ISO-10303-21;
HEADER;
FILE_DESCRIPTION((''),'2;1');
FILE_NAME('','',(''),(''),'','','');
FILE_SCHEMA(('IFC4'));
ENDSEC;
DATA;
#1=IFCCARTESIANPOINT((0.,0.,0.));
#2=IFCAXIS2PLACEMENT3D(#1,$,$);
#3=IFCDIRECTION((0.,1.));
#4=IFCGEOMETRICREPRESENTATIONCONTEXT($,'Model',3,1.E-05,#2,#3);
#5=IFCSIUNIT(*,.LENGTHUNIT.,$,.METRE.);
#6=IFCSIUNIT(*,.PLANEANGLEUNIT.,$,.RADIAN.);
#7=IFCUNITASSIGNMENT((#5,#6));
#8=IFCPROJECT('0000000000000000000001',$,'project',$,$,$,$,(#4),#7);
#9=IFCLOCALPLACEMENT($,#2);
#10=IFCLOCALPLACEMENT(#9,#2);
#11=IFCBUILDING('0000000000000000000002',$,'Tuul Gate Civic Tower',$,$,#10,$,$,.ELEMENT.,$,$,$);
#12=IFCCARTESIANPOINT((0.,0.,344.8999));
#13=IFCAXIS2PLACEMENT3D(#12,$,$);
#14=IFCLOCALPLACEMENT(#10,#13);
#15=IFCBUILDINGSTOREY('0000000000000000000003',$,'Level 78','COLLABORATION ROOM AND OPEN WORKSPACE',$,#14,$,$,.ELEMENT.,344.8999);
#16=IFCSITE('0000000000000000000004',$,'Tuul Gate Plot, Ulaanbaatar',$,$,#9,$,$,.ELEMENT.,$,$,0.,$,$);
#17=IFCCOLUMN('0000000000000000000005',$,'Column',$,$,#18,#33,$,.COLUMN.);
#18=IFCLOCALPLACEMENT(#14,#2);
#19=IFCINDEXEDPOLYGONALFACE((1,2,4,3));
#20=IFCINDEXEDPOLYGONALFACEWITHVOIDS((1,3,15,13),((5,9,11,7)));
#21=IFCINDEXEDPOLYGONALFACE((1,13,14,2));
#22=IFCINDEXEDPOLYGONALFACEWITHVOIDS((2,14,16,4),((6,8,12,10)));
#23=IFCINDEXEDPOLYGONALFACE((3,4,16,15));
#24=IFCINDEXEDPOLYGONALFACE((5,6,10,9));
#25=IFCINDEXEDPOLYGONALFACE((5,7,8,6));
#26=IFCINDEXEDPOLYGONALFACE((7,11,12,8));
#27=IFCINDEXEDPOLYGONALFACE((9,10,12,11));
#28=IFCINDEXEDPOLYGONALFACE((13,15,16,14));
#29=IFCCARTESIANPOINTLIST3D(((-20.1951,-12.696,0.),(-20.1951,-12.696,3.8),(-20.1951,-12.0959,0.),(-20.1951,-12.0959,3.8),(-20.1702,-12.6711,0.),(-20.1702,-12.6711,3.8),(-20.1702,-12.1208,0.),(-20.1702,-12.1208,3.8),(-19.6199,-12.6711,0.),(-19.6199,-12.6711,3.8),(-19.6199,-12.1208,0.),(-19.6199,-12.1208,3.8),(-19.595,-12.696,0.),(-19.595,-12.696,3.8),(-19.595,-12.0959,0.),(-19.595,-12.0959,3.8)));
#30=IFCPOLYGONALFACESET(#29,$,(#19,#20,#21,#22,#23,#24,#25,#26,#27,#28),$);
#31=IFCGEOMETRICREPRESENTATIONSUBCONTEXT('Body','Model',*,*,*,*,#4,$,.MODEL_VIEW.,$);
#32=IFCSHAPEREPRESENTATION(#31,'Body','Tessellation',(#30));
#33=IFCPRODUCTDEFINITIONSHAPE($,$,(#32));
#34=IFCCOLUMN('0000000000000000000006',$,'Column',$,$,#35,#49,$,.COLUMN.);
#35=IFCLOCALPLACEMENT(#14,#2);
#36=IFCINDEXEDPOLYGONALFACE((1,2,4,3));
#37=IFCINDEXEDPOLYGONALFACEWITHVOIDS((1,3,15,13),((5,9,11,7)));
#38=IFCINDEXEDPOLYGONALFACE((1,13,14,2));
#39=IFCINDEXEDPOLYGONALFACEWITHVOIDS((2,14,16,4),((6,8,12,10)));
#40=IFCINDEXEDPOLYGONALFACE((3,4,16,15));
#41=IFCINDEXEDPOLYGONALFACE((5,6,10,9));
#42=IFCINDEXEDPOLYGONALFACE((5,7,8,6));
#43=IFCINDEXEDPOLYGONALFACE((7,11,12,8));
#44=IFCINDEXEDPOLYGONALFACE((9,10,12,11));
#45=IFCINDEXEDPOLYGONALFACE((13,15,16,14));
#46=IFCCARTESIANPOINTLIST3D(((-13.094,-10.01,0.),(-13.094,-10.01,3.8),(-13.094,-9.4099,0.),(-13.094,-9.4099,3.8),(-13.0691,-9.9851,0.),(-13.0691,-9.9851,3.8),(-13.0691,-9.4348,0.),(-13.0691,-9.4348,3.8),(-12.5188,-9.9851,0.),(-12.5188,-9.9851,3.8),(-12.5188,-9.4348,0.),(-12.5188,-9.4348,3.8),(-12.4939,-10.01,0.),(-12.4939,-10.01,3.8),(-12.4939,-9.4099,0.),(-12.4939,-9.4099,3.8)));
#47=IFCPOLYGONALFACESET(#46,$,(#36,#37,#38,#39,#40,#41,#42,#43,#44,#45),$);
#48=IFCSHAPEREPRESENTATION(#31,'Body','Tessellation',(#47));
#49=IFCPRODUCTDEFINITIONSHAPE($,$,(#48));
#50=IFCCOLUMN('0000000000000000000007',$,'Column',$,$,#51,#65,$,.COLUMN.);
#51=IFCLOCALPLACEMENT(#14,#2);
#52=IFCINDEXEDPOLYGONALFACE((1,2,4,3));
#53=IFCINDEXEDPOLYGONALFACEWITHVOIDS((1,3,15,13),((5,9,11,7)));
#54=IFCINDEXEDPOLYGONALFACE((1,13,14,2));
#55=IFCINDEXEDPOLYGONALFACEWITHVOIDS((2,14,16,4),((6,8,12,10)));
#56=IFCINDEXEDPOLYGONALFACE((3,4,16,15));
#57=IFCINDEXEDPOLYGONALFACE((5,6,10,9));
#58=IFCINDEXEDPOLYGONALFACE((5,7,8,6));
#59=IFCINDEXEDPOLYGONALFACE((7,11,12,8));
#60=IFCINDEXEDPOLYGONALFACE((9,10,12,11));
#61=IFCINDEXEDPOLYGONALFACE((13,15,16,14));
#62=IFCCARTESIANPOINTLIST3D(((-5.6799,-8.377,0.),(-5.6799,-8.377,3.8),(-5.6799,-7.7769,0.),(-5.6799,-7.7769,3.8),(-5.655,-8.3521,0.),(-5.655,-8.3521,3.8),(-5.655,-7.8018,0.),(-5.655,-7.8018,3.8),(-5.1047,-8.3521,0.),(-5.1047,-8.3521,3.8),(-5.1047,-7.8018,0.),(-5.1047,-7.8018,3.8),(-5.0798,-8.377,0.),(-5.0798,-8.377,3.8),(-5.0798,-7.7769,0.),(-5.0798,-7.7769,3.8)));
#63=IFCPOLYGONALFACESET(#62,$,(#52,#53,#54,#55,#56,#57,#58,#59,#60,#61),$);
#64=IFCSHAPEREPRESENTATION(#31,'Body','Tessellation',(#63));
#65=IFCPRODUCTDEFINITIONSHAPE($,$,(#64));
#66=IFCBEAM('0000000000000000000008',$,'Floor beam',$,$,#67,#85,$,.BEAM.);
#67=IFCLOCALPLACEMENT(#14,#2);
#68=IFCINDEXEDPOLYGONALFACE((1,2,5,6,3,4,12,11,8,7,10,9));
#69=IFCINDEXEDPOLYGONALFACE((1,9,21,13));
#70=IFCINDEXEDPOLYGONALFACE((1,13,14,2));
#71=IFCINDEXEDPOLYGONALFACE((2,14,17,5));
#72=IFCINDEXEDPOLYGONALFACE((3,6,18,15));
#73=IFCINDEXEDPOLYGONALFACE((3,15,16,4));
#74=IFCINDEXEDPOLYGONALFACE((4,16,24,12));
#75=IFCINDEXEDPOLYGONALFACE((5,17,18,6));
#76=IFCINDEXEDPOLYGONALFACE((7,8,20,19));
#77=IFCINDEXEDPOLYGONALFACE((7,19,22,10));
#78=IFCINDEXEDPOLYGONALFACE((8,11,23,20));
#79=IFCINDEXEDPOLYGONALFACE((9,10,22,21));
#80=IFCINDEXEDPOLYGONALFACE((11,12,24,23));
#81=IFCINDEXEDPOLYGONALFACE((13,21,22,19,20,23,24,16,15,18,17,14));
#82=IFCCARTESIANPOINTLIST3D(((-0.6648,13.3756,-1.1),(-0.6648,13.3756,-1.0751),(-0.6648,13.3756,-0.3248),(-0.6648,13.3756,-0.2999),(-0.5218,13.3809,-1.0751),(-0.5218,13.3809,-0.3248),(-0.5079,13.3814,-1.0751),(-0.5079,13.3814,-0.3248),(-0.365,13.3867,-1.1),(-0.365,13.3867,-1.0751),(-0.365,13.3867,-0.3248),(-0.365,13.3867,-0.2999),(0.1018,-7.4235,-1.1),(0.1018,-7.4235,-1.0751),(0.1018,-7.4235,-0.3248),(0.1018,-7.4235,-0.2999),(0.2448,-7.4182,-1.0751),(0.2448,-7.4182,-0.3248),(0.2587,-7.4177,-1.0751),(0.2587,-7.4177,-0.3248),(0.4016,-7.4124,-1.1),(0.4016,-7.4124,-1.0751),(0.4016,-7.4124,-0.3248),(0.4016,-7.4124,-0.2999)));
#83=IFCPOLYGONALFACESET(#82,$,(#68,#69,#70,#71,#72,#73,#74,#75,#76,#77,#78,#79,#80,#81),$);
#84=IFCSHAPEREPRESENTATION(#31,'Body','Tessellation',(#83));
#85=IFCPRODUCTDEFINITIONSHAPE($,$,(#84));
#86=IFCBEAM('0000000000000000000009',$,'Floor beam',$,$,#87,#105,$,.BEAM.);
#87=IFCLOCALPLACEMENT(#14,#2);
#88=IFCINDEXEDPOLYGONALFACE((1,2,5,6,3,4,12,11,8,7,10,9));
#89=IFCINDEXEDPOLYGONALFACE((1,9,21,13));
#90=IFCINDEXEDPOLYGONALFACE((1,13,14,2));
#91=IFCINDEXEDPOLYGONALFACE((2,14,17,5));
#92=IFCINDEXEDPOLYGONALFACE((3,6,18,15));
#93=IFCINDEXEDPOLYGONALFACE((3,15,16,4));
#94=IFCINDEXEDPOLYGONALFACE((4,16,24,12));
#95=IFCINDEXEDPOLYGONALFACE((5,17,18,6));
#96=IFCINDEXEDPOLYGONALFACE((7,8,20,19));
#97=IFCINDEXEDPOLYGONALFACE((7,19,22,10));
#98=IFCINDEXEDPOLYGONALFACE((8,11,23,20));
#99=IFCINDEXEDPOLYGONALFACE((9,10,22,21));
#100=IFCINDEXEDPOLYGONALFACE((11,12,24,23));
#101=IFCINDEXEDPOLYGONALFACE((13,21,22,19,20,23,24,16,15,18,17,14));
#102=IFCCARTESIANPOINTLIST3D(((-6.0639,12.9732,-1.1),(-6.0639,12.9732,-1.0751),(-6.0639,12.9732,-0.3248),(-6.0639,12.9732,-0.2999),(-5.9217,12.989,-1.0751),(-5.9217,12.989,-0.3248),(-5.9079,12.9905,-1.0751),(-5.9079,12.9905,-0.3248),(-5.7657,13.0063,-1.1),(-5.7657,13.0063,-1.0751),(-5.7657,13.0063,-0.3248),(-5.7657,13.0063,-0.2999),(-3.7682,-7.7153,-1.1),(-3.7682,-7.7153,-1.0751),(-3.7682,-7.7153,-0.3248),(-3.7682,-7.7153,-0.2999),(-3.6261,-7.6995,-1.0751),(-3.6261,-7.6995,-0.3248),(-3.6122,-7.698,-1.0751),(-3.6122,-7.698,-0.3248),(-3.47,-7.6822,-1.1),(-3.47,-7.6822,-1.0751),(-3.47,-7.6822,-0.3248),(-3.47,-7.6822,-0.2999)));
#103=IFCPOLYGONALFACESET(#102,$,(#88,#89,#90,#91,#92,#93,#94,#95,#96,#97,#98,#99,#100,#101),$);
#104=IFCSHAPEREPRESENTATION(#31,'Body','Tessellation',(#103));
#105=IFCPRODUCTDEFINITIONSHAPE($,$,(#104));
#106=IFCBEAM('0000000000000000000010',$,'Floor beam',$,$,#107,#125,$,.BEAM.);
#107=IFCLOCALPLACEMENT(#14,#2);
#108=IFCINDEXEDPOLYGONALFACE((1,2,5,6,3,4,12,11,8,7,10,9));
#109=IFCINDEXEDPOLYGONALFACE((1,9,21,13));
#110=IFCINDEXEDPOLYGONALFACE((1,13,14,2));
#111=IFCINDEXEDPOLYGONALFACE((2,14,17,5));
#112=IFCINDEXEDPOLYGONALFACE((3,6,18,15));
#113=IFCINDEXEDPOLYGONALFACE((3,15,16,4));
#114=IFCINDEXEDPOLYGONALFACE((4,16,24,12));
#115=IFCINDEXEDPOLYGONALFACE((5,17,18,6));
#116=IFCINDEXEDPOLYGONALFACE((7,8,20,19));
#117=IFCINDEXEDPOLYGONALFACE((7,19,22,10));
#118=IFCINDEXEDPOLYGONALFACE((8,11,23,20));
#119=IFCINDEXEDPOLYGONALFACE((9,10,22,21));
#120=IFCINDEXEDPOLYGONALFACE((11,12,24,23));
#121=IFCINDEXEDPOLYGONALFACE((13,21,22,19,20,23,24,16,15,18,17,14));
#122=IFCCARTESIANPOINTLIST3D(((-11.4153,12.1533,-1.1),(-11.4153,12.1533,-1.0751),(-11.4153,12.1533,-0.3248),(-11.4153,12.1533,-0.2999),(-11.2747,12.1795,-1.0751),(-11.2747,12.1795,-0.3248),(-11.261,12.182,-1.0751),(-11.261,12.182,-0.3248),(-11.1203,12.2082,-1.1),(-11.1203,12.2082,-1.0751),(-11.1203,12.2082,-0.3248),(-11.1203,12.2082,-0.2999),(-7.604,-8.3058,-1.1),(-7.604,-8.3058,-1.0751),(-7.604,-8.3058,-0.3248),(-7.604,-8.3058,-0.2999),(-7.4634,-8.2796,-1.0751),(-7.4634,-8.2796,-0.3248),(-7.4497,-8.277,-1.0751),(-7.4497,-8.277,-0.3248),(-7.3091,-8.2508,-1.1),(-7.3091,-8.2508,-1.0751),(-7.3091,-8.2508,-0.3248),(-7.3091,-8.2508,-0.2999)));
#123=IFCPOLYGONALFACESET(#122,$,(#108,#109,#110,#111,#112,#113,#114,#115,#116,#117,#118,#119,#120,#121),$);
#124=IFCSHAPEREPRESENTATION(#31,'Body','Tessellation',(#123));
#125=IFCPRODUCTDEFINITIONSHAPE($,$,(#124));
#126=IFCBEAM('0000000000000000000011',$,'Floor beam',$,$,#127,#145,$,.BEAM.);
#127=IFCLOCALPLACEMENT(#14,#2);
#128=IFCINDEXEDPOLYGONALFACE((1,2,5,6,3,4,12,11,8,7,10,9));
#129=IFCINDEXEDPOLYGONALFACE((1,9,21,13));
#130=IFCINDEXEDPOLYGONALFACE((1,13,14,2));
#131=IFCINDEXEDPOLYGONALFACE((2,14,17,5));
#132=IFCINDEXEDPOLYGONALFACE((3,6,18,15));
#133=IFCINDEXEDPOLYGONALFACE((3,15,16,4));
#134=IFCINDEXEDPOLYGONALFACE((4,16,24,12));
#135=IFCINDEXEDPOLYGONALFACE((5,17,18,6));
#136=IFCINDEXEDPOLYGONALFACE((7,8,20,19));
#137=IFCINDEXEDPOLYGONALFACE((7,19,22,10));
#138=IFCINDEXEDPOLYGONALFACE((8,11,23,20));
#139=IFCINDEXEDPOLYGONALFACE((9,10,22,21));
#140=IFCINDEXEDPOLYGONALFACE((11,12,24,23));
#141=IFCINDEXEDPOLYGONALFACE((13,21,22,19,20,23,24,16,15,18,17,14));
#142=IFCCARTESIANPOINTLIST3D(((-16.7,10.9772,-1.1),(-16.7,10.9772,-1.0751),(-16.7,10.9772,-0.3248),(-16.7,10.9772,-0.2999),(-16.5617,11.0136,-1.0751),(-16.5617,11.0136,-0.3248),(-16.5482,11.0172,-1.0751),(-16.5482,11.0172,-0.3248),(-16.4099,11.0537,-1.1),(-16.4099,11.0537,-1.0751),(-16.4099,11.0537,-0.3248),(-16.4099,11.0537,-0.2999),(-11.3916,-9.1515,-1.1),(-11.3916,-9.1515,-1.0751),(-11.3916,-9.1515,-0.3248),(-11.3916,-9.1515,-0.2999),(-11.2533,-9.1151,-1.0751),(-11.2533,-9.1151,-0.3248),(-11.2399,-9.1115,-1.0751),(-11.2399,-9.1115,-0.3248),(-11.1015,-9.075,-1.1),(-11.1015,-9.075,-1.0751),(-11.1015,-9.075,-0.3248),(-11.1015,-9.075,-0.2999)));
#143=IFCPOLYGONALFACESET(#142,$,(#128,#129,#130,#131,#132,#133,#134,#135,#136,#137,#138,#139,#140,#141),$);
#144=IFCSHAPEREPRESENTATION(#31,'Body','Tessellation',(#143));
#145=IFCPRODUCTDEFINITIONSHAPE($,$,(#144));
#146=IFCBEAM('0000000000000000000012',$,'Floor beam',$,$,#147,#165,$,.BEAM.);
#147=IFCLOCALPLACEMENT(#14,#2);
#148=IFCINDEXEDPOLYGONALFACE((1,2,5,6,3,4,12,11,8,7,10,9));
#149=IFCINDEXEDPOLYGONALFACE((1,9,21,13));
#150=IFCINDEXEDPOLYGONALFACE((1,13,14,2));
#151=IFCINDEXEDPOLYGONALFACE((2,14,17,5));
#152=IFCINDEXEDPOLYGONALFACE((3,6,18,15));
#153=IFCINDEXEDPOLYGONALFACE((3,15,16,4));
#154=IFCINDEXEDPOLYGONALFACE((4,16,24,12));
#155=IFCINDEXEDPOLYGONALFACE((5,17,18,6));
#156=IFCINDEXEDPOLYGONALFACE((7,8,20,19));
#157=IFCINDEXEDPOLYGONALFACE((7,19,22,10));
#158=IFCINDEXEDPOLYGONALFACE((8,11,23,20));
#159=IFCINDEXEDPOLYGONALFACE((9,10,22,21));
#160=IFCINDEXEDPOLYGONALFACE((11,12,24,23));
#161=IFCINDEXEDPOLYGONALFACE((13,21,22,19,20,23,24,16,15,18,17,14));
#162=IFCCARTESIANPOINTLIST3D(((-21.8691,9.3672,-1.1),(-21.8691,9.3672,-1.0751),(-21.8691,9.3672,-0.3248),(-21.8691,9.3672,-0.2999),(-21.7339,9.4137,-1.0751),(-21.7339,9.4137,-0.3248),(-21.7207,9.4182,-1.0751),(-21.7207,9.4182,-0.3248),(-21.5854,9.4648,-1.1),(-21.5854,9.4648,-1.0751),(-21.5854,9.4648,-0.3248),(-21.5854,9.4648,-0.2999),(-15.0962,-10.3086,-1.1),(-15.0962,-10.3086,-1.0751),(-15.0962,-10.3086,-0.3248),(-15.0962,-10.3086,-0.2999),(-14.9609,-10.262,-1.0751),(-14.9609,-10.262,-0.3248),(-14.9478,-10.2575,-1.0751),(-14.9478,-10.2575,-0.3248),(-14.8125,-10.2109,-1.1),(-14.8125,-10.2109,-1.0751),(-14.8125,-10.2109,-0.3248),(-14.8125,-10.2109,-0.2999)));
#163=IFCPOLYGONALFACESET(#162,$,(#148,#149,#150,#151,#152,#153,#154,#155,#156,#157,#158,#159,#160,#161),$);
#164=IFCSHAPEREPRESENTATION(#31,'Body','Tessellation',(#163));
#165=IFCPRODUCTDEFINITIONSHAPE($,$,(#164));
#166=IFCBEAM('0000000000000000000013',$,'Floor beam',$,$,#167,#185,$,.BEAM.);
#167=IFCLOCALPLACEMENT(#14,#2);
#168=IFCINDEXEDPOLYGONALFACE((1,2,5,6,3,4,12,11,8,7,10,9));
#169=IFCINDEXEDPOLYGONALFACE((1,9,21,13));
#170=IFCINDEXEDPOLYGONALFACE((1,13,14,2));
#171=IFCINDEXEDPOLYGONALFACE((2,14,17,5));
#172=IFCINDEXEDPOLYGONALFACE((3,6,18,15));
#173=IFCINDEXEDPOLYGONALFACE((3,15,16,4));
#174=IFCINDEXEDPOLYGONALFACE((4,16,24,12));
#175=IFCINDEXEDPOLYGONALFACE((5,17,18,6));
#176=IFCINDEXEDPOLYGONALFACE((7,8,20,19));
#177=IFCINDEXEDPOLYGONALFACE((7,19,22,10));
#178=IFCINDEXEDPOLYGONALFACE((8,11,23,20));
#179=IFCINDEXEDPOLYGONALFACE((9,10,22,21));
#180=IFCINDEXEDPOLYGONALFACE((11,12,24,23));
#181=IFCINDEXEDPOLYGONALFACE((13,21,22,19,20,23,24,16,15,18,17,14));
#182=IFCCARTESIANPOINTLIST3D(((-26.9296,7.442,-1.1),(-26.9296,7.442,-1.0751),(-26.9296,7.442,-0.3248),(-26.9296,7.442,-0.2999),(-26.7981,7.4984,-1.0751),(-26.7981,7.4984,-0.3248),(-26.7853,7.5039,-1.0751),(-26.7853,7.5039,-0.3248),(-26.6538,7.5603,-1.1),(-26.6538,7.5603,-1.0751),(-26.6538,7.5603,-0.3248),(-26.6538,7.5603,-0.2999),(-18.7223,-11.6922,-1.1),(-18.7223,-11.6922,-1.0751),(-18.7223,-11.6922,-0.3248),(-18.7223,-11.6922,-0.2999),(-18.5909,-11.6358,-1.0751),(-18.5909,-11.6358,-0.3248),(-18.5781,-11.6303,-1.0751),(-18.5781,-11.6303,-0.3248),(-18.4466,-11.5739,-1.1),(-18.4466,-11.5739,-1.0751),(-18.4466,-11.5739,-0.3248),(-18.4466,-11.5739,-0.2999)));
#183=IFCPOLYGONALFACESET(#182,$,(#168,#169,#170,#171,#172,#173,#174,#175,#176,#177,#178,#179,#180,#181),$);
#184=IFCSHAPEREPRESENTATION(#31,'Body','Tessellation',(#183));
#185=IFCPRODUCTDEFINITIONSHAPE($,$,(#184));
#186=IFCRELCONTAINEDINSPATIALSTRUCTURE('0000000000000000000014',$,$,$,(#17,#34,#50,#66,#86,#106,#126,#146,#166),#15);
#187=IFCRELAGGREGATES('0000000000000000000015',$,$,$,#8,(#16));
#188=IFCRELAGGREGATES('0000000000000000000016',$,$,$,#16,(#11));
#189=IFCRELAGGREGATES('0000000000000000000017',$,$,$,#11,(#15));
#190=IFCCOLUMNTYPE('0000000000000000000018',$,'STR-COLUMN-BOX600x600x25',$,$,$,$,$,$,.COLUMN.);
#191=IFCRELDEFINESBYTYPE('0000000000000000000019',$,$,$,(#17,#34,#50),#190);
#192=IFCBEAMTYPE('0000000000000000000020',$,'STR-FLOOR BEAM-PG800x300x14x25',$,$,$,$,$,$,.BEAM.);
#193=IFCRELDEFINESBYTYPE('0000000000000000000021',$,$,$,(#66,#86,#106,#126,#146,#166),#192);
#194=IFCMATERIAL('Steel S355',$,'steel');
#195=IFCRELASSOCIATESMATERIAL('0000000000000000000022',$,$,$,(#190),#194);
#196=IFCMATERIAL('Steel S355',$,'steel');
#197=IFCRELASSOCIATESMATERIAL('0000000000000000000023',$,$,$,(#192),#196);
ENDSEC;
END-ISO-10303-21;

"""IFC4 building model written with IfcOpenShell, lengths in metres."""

from ifc_helpers import new_model, si_unit, direction, frame, origin, origin_2d, place, context, subcontext, project, spatial, hollow_rectangle, i_section, extrude, material, material_profile, profile_set, type_object, element, save


model = new_model("IFC4")

# Units and contexts
model_context = context("Model", 3, precision=1e-05, world=origin(), true_north=direction((0.0, 1.0)))
body_context = subcontext(model_context, "Body", "Model", "MODEL_VIEW")
ifc_project = project(units=[si_unit("LENGTHUNIT", "METRE"), si_unit("PLANEANGLEUNIT", "RADIAN")], contexts=[model_context])

# Site, building, storey
site_placement = place(None, origin())
site = spatial("IfcSite", under=ifc_project, at=site_placement, Name="Tuul Gate Plot, Ulaanbaatar", CompositionType="ELEMENT", RefElevation=0.0)
building_placement = place(site_placement, origin())
building = spatial("IfcBuilding", under=site, at=building_placement, Name="Tuul Gate Civic Tower", CompositionType="ELEMENT")
storey_placement = place(building_placement, frame((0.0, 0.0, 344.8999)))
storey = spatial("IfcBuildingStorey", under=building, at=storey_placement, Name="Level 78", Description="COLLABORATION ROOM AND OPEN WORKSPACE", CompositionType="ELEMENT", Elevation=344.8999)

# Columns
ifc_material_1 = material(Name="Steel S355", Category="steel")
ifc_material_profile_1 = material_profile(ifc_material_1, hollow_rectangle(XDim=0.6001, YDim=0.6001, WallThickness=0.0249, at=origin_2d()), Name="BOX600x600x25")
ifc_profile_set_1 = profile_set([ifc_material_profile_1], Name="Steel S355")
column_type = type_object("IfcColumnType", Name="STR-COLUMN-BOX600x600x25", PredefinedType="COLUMN", material=ifc_profile_set_1)
for number, where, z_axis, x_axis, name in (
    (1, (-19.895, -12.396, 0.0), (0.0, 0.0, 1.0), (1.0, 0.0, 0.0), "Column"),
    (2, (-12.7939, -9.71, 0.0), (0.0, 0.0, 1.0), (1.0, 0.0, 0.0), "Column"),
    (3, (-5.3799, -8.0769, 0.0), (0.0, 0.0, 1.0), (1.0, 0.0, 0.0), "Column"),
):
    element("IfcColumn", number, at=place(storey_placement, frame(where, z_axis=z_axis, x_axis=x_axis)), inside=storey, type_object=column_type, Name=name, PredefinedType="COLUMN", context=body_context, shape_type="SweptSolid", body=[
        extrude(hollow_rectangle(XDim=0.6001, YDim=0.6001, WallThickness=0.0249, at=origin_2d()), origin(), (0.0, 0.0, 1.0), 3.8),
    ])

# Beams
ifc_material_2 = material(Name="Steel S355", Category="steel")
ifc_material_profile_2 = material_profile(ifc_material_2, i_section(OverallWidth=0.3, OverallDepth=0.8, WebThickness=0.0139, FlangeThickness=0.0249, at=origin_2d()), Name="PG800x300x14x25")
ifc_profile_set_2 = profile_set([ifc_material_profile_2], Name="Steel S355")
beam_type_1 = type_object("IfcBeamType", Name="STR-FLOOR BEAM-PG800x300x14x25", PredefinedType="BEAM", material=ifc_profile_set_2)
beam_1_placement = place(storey_placement, frame((0.2517, -7.418, -0.7), z_axis=(-0.036832, 0.999321, 0.0), x_axis=(-0.999321, -0.036832, 0.0)))
element("IfcBeam", 4, at=beam_1_placement, inside=storey, type_object=beam_type_1, Name="Floor beam", PredefinedType="BEAM", context=body_context, shape_type="SweptSolid", body=[
    extrude(i_section(OverallWidth=0.3, OverallDepth=0.8, WebThickness=0.0139, FlangeThickness=0.0249, at=origin_2d()), origin(), (0.0, 0.0, 1.0), 20.8132),
])
beam_2_placement = place(storey_placement, frame((-3.6191, -7.6987, -0.7), z_axis=(-0.110286, 0.9939, 0.0), x_axis=(-0.9939, -0.110286, 0.0)))
element("IfcBeam", 5, at=beam_2_placement, inside=storey, type_object=beam_type_1, Name="Floor beam", PredefinedType="BEAM", context=body_context, shape_type="SweptSolid", body=[
    extrude(i_section(OverallWidth=0.3, OverallDepth=0.8, WebThickness=0.0139, FlangeThickness=0.0249, at=origin_2d()), origin(), (0.0, 0.0, 1.0), 20.8154),
])
beam_3_placement = place(storey_placement, frame((-7.4565, -8.2783, -0.7), z_axis=(-0.183138, 0.983087, 0.0), x_axis=(-0.983087, -0.183138, 0.0)))
element("IfcBeam", 6, at=beam_3_placement, inside=storey, type_object=beam_type_1, Name="Floor beam", PredefinedType="BEAM", context=body_context, shape_type="SweptSolid", body=[
    extrude(i_section(OverallWidth=0.3, OverallDepth=0.8, WebThickness=0.0139, FlangeThickness=0.0249, at=origin_2d()), origin(), (0.0, 0.0, 1.0), 20.811),
])
beam_4_placement = place(storey_placement, frame((-11.2466, -9.1133, -0.7), z_axis=(-0.255002, 0.96694, 0.0), x_axis=(-0.96694, -0.255002, 0.0)))
element("IfcBeam", 7, at=beam_4_placement, inside=storey, type_object=beam_type_1, Name="Floor beam", PredefinedType="BEAM", context=body_context, shape_type="SweptSolid", body=[
    extrude(i_section(OverallWidth=0.3, OverallDepth=0.8, WebThickness=0.0139, FlangeThickness=0.0249, at=origin_2d()), origin(), (0.0, 0.0, 1.0), 20.8169),
])
beam_5_placement = place(storey_placement, frame((-14.9543, -10.2598, -0.7), z_axis=(-0.325484, 0.945548, 0.0), x_axis=(-0.945548, -0.325484, 0.0)))
element("IfcBeam", 8, at=beam_5_placement, inside=storey, type_object=beam_type_1, Name="Floor beam", PredefinedType="BEAM", context=body_context, shape_type="SweptSolid", body=[
    extrude(i_section(OverallWidth=0.3, OverallDepth=0.8, WebThickness=0.0139, FlangeThickness=0.0249, at=origin_2d()), origin(), (0.0, 0.0, 1.0), 20.8088),
])
beam_6_placement = place(storey_placement, frame((-18.5845, -11.6331, -0.7), z_axis=(-0.394198, 0.919026, 0.0), x_axis=(-0.919026, -0.394198, 0.0)))
element("IfcBeam", 9, at=beam_6_placement, inside=storey, type_object=beam_type_1, Name="Floor beam", PredefinedType="BEAM", context=body_context, shape_type="SweptSolid", body=[
    extrude(i_section(OverallWidth=0.3, OverallDepth=0.8, WebThickness=0.0139, FlangeThickness=0.0249, at=origin_2d()), origin(), (0.0, 0.0, 1.0), 20.8201),
])

save(model, "model.ifc")
